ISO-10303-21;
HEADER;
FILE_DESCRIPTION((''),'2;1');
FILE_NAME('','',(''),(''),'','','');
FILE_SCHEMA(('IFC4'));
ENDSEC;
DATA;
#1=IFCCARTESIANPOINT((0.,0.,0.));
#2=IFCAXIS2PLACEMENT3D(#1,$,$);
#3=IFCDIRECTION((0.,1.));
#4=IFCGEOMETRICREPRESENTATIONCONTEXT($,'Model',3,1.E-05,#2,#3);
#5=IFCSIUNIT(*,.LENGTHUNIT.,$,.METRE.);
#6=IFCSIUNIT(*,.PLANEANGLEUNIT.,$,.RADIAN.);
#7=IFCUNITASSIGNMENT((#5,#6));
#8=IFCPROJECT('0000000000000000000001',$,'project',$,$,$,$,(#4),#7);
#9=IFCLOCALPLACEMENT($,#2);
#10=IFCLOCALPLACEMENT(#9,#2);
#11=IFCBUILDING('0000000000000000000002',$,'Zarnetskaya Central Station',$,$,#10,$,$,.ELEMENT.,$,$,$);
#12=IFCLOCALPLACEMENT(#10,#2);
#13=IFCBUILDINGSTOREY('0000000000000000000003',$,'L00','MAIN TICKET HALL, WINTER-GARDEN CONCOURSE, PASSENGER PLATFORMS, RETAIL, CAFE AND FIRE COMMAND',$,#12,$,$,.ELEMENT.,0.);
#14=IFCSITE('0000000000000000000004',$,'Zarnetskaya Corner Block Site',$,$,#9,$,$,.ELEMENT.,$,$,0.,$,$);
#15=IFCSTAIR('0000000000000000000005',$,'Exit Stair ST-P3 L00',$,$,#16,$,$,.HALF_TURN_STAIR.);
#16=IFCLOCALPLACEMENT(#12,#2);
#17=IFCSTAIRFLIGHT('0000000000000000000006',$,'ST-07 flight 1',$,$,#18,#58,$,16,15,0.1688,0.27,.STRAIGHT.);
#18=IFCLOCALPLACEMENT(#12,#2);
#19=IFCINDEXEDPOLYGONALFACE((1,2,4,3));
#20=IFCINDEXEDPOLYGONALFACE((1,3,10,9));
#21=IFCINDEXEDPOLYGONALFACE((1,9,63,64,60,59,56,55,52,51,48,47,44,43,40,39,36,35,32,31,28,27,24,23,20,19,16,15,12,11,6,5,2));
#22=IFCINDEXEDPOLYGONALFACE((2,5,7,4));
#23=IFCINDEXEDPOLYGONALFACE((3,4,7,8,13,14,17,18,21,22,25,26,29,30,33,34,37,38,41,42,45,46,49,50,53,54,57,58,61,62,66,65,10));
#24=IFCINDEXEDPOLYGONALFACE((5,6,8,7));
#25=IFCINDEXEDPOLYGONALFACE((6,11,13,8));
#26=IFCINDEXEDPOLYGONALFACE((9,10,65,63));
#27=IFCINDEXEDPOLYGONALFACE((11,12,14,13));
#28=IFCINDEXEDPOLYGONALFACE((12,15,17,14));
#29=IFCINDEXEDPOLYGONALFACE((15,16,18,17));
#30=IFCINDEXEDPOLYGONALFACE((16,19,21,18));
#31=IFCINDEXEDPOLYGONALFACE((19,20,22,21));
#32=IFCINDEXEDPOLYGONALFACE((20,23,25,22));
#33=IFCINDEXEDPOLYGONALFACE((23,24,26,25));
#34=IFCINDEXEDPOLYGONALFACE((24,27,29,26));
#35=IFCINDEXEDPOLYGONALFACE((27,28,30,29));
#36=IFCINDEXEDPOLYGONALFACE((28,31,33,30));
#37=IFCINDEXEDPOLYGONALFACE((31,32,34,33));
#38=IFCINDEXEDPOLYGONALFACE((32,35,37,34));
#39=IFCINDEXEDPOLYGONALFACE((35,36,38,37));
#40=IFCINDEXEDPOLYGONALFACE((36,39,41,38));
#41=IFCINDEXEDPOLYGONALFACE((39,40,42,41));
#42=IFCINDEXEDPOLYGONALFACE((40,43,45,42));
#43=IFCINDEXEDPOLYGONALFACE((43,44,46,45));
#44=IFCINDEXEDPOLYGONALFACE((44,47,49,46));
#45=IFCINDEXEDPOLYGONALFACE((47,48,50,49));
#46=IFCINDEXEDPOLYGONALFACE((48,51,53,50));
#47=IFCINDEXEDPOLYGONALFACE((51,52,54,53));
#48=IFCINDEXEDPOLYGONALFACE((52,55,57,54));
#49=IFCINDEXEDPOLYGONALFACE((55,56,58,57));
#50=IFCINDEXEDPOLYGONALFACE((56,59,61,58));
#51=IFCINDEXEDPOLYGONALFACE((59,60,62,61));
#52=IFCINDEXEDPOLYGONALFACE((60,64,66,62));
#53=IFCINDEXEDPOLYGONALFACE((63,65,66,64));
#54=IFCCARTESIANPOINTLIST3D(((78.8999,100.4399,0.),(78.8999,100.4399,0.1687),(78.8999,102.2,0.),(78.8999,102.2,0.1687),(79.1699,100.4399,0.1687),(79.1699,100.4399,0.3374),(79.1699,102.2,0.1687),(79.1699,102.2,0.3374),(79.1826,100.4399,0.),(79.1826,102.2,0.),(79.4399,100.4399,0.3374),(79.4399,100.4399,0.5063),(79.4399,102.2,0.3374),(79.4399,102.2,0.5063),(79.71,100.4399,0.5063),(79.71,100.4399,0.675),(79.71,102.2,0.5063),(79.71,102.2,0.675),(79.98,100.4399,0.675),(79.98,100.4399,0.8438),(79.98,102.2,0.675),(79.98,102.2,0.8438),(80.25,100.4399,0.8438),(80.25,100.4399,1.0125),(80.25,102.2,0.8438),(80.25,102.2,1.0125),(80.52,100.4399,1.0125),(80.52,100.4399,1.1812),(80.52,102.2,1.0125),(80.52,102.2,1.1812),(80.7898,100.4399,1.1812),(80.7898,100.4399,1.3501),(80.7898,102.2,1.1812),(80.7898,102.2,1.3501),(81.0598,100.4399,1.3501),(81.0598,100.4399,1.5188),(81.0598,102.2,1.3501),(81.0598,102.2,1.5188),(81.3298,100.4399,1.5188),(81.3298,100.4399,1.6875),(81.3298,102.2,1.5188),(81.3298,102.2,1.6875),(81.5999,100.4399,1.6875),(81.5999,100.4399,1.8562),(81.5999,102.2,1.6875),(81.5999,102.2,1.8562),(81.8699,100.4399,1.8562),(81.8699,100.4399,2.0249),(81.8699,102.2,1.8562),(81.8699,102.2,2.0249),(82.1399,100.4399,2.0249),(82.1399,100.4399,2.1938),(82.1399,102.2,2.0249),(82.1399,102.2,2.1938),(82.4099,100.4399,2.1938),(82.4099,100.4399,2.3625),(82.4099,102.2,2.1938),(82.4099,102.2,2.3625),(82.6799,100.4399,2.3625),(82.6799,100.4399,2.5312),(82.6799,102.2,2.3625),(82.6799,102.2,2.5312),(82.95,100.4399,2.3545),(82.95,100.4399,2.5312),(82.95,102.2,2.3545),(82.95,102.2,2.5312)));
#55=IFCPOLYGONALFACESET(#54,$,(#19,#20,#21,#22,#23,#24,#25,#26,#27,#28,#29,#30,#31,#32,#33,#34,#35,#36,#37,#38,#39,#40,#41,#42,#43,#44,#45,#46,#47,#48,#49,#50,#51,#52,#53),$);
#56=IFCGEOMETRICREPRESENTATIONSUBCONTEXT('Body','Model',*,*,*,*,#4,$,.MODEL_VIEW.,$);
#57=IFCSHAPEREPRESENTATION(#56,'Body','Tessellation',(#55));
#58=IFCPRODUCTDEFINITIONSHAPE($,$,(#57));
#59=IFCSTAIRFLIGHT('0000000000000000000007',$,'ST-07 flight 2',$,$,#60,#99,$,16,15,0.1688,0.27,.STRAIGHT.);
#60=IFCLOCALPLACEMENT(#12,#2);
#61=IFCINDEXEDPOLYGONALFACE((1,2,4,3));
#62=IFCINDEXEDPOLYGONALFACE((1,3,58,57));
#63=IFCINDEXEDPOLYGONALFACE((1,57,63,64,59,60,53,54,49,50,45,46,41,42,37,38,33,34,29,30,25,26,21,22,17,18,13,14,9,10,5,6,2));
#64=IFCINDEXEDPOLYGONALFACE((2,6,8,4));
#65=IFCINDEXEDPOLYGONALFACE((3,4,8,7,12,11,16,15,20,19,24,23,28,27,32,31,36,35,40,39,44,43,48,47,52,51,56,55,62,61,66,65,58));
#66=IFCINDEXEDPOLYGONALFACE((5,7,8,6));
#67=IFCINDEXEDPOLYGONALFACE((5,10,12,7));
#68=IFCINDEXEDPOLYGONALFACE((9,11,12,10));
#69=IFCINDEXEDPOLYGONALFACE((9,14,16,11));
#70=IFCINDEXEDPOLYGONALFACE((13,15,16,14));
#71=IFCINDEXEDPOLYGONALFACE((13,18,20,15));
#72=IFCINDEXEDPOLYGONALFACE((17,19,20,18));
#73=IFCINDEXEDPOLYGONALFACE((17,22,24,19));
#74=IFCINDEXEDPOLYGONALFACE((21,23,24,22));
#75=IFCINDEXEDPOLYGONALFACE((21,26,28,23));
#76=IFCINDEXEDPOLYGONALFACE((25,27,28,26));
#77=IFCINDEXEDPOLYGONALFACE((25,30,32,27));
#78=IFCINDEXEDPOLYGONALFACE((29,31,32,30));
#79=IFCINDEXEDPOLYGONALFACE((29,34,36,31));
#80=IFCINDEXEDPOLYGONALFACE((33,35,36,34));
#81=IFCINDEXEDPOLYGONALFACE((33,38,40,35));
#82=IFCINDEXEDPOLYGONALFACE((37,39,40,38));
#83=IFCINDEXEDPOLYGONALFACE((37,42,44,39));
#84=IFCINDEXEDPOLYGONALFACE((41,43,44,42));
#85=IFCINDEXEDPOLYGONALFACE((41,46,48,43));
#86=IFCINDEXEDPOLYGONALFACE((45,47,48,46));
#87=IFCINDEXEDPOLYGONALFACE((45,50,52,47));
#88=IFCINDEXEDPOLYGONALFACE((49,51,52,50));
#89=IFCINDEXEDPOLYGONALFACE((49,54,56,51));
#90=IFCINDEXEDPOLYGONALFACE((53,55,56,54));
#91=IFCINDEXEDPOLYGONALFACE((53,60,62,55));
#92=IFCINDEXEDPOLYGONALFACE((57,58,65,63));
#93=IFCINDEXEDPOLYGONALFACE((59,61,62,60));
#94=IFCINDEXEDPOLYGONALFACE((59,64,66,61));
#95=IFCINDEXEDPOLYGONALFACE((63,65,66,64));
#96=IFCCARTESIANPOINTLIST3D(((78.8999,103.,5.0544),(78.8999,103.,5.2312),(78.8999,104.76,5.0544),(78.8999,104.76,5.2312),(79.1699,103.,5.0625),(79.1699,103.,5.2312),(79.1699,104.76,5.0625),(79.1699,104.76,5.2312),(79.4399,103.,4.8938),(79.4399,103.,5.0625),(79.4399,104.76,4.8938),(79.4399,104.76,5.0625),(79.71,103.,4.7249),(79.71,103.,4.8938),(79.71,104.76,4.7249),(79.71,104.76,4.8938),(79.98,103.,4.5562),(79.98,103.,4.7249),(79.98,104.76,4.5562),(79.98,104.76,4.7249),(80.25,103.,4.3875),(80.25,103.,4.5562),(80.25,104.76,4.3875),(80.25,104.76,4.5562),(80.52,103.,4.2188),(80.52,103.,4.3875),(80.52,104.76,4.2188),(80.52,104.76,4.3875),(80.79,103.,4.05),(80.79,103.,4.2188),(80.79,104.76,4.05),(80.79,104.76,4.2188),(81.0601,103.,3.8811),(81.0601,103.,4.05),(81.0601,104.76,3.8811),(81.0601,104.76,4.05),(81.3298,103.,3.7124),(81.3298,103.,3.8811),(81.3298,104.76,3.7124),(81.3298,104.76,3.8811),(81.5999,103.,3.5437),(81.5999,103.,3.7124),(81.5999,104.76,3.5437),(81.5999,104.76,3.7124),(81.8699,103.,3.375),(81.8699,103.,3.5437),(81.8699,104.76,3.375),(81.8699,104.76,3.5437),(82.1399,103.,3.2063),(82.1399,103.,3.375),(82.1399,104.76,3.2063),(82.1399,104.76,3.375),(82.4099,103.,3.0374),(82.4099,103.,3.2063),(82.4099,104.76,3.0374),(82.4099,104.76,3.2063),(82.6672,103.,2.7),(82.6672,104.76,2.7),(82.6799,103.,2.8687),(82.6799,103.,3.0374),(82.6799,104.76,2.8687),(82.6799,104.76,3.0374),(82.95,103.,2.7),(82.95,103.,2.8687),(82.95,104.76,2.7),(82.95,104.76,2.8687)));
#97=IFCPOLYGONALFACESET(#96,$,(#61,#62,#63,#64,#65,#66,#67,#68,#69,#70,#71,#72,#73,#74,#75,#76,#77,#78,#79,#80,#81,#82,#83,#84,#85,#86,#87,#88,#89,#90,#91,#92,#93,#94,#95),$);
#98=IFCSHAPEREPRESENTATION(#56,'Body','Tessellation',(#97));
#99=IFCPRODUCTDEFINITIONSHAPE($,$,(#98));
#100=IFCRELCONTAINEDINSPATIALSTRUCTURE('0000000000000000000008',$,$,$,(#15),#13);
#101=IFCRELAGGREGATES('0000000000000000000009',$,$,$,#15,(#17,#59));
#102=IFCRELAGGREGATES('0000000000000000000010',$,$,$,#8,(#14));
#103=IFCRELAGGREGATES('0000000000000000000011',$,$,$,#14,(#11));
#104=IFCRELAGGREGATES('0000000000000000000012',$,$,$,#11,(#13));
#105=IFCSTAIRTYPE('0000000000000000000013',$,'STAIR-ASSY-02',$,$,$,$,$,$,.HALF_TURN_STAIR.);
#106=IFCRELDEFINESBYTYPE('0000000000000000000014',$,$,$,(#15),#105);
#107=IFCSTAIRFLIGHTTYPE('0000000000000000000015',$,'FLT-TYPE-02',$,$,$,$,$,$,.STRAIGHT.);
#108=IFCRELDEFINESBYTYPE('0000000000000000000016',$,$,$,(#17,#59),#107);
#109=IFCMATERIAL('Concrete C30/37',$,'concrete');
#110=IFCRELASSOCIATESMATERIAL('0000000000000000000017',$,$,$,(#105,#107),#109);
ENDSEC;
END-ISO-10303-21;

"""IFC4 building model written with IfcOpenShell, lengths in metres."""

from ifc_helpers import new_model, si_unit, direction, frame, origin, place, context, subcontext, project, spatial, polyline, outline, extrude, material, type_object, element, aggregate, save


model = new_model("IFC4")

# Units and contexts
model_context = context("Model", 3, precision=1e-05, world=origin(), true_north=direction((0.0, 1.0)))
body_context = subcontext(model_context, "Body", "Model", "MODEL_VIEW")
ifc_project = project(units=[si_unit("LENGTHUNIT", "METRE"), si_unit("PLANEANGLEUNIT", "RADIAN")], contexts=[model_context])

# Site, building, storey
site_placement = place(None, origin())
site = spatial("IfcSite", under=ifc_project, at=site_placement, Name="Zarnetskaya Corner Block Site", CompositionType="ELEMENT", RefElevation=0.0)
building_placement = place(site_placement, origin())
building = spatial("IfcBuilding", under=site, at=building_placement, Name="Zarnetskaya Central Station", CompositionType="ELEMENT")
storey_placement = place(building_placement, origin())
storey = spatial("IfcBuildingStorey", under=building, at=storey_placement, Name="L00", Description="MAIN TICKET HALL, WINTER-GARDEN CONCOURSE, PASSENGER PLATFORMS, RETAIL, CAFE AND FIRE COMMAND", CompositionType="ELEMENT", Elevation=0.0)

# Stair, stair flights
ifc_material_1 = material(Name="Concrete C30/37", Category="concrete")
stair_type = type_object("IfcStairType", Name="STAIR-ASSY-02", PredefinedType="HALF_TURN_STAIR", material=ifc_material_1)
stair_placement = place(storey_placement, origin())
stair = element("IfcStair", 1, at=stair_placement, inside=storey, type_object=stair_type, Name="Exit Stair ST-P3 L00", PredefinedType="HALF_TURN_STAIR")
stair_flight_type = type_object("IfcStairFlightType", Name="FLT-TYPE-02", PredefinedType="STRAIGHT", material=ifc_material_1)
stair_flight_1_placement = place(storey_placement, frame((78.8999, 101.3201, 0.0), z_axis=(0.0, 0.0, 1.0), x_axis=(1.0, 0.0, 0.0)))
stair_flight_1 = element("IfcStairFlight", 2, at=stair_flight_1_placement, type_object=stair_flight_type, Name="ST-07 flight 1", NumberOfRisers=16, NumberOfTreads=15, PredefinedType="STRAIGHT", RiserHeight=0.1688, TreadLength=0.27, context=body_context, shape_type="SweptSolid", body=[
    extrude(outline(polyline([(0.0, 0.0), (0.0, 0.1687), (0.27, 0.1687), (0.27, 0.3374), (0.54, 0.3374), (0.54, 0.5063), (0.8101, 0.5063), (0.8101, 0.675), (1.0801, 0.675), (1.0801, 0.8438), (1.3501, 0.8438), (1.3501, 1.0125), (1.6201, 1.0125), (1.6201, 1.1812), (1.8899, 1.1812), (1.8899, 1.3501), (2.1599, 1.3501), (2.1599, 1.5188), (2.4299, 1.5188), (2.4299, 1.6875), (2.7, 1.6875), (2.7, 1.8562), (2.97, 1.8562), (2.97, 2.0249), (3.24, 2.0249), (3.24, 2.1938), (3.51, 2.1938), (3.51, 2.3625), (3.78, 2.3625), (3.78, 2.5312), (4.05, 2.5312), (4.05, 2.7), (4.05, 2.3545), (0.2827, 0.0), (0.0, 0.0)])), frame((0.0, 0.8799, 0.0), z_axis=(0.0, -1.0, 0.0), x_axis=(1.0, 0.0, 0.0)), (0.0, 0.0, 1.0), 1.76),
])
stair_flight_2_placement = place(storey_placement, frame((82.95, 103.8799, 2.7), z_axis=(0.0, 0.0, 1.0), x_axis=(-1.0, 0.0, 0.0)))
stair_flight_2 = element("IfcStairFlight", 3, at=stair_flight_2_placement, type_object=stair_flight_type, Name="ST-07 flight 2", NumberOfRisers=16, NumberOfTreads=15, PredefinedType="STRAIGHT", RiserHeight=0.1688, TreadLength=0.27, context=body_context, shape_type="SweptSolid", body=[
    extrude(outline(polyline([(0.0, 0.0), (0.0, 0.1687), (0.27, 0.1687), (0.27, 0.3374), (0.54, 0.3374), (0.54, 0.5063), (0.8101, 0.5063), (0.8101, 0.675), (1.0801, 0.675), (1.0801, 0.8438), (1.3501, 0.8438), (1.3501, 1.0125), (1.6201, 1.0125), (1.6201, 1.1812), (1.8899, 1.1812), (1.8899, 1.3501), (2.1599, 1.3501), (2.1599, 1.5188), (2.4299, 1.5188), (2.4299, 1.6875), (2.7, 1.6875), (2.7, 1.8562), (2.97, 1.8562), (2.97, 2.0249), (3.24, 2.0249), (3.24, 2.1938), (3.51, 2.1938), (3.51, 2.3625), (3.78, 2.3625), (3.78, 2.5312), (4.05, 2.5312), (4.05, 2.7), (4.05, 2.3545), (0.2827, 0.0), (0.0, 0.0)])), frame((0.0, 0.8799, 0.0), z_axis=(0.0, -1.0, 0.0), x_axis=(1.0, 0.0, 0.0)), (0.0, 0.0, 1.0), 1.76),
])
aggregate(stair, [stair_flight_1, stair_flight_2])

save(model, "model.ifc")
